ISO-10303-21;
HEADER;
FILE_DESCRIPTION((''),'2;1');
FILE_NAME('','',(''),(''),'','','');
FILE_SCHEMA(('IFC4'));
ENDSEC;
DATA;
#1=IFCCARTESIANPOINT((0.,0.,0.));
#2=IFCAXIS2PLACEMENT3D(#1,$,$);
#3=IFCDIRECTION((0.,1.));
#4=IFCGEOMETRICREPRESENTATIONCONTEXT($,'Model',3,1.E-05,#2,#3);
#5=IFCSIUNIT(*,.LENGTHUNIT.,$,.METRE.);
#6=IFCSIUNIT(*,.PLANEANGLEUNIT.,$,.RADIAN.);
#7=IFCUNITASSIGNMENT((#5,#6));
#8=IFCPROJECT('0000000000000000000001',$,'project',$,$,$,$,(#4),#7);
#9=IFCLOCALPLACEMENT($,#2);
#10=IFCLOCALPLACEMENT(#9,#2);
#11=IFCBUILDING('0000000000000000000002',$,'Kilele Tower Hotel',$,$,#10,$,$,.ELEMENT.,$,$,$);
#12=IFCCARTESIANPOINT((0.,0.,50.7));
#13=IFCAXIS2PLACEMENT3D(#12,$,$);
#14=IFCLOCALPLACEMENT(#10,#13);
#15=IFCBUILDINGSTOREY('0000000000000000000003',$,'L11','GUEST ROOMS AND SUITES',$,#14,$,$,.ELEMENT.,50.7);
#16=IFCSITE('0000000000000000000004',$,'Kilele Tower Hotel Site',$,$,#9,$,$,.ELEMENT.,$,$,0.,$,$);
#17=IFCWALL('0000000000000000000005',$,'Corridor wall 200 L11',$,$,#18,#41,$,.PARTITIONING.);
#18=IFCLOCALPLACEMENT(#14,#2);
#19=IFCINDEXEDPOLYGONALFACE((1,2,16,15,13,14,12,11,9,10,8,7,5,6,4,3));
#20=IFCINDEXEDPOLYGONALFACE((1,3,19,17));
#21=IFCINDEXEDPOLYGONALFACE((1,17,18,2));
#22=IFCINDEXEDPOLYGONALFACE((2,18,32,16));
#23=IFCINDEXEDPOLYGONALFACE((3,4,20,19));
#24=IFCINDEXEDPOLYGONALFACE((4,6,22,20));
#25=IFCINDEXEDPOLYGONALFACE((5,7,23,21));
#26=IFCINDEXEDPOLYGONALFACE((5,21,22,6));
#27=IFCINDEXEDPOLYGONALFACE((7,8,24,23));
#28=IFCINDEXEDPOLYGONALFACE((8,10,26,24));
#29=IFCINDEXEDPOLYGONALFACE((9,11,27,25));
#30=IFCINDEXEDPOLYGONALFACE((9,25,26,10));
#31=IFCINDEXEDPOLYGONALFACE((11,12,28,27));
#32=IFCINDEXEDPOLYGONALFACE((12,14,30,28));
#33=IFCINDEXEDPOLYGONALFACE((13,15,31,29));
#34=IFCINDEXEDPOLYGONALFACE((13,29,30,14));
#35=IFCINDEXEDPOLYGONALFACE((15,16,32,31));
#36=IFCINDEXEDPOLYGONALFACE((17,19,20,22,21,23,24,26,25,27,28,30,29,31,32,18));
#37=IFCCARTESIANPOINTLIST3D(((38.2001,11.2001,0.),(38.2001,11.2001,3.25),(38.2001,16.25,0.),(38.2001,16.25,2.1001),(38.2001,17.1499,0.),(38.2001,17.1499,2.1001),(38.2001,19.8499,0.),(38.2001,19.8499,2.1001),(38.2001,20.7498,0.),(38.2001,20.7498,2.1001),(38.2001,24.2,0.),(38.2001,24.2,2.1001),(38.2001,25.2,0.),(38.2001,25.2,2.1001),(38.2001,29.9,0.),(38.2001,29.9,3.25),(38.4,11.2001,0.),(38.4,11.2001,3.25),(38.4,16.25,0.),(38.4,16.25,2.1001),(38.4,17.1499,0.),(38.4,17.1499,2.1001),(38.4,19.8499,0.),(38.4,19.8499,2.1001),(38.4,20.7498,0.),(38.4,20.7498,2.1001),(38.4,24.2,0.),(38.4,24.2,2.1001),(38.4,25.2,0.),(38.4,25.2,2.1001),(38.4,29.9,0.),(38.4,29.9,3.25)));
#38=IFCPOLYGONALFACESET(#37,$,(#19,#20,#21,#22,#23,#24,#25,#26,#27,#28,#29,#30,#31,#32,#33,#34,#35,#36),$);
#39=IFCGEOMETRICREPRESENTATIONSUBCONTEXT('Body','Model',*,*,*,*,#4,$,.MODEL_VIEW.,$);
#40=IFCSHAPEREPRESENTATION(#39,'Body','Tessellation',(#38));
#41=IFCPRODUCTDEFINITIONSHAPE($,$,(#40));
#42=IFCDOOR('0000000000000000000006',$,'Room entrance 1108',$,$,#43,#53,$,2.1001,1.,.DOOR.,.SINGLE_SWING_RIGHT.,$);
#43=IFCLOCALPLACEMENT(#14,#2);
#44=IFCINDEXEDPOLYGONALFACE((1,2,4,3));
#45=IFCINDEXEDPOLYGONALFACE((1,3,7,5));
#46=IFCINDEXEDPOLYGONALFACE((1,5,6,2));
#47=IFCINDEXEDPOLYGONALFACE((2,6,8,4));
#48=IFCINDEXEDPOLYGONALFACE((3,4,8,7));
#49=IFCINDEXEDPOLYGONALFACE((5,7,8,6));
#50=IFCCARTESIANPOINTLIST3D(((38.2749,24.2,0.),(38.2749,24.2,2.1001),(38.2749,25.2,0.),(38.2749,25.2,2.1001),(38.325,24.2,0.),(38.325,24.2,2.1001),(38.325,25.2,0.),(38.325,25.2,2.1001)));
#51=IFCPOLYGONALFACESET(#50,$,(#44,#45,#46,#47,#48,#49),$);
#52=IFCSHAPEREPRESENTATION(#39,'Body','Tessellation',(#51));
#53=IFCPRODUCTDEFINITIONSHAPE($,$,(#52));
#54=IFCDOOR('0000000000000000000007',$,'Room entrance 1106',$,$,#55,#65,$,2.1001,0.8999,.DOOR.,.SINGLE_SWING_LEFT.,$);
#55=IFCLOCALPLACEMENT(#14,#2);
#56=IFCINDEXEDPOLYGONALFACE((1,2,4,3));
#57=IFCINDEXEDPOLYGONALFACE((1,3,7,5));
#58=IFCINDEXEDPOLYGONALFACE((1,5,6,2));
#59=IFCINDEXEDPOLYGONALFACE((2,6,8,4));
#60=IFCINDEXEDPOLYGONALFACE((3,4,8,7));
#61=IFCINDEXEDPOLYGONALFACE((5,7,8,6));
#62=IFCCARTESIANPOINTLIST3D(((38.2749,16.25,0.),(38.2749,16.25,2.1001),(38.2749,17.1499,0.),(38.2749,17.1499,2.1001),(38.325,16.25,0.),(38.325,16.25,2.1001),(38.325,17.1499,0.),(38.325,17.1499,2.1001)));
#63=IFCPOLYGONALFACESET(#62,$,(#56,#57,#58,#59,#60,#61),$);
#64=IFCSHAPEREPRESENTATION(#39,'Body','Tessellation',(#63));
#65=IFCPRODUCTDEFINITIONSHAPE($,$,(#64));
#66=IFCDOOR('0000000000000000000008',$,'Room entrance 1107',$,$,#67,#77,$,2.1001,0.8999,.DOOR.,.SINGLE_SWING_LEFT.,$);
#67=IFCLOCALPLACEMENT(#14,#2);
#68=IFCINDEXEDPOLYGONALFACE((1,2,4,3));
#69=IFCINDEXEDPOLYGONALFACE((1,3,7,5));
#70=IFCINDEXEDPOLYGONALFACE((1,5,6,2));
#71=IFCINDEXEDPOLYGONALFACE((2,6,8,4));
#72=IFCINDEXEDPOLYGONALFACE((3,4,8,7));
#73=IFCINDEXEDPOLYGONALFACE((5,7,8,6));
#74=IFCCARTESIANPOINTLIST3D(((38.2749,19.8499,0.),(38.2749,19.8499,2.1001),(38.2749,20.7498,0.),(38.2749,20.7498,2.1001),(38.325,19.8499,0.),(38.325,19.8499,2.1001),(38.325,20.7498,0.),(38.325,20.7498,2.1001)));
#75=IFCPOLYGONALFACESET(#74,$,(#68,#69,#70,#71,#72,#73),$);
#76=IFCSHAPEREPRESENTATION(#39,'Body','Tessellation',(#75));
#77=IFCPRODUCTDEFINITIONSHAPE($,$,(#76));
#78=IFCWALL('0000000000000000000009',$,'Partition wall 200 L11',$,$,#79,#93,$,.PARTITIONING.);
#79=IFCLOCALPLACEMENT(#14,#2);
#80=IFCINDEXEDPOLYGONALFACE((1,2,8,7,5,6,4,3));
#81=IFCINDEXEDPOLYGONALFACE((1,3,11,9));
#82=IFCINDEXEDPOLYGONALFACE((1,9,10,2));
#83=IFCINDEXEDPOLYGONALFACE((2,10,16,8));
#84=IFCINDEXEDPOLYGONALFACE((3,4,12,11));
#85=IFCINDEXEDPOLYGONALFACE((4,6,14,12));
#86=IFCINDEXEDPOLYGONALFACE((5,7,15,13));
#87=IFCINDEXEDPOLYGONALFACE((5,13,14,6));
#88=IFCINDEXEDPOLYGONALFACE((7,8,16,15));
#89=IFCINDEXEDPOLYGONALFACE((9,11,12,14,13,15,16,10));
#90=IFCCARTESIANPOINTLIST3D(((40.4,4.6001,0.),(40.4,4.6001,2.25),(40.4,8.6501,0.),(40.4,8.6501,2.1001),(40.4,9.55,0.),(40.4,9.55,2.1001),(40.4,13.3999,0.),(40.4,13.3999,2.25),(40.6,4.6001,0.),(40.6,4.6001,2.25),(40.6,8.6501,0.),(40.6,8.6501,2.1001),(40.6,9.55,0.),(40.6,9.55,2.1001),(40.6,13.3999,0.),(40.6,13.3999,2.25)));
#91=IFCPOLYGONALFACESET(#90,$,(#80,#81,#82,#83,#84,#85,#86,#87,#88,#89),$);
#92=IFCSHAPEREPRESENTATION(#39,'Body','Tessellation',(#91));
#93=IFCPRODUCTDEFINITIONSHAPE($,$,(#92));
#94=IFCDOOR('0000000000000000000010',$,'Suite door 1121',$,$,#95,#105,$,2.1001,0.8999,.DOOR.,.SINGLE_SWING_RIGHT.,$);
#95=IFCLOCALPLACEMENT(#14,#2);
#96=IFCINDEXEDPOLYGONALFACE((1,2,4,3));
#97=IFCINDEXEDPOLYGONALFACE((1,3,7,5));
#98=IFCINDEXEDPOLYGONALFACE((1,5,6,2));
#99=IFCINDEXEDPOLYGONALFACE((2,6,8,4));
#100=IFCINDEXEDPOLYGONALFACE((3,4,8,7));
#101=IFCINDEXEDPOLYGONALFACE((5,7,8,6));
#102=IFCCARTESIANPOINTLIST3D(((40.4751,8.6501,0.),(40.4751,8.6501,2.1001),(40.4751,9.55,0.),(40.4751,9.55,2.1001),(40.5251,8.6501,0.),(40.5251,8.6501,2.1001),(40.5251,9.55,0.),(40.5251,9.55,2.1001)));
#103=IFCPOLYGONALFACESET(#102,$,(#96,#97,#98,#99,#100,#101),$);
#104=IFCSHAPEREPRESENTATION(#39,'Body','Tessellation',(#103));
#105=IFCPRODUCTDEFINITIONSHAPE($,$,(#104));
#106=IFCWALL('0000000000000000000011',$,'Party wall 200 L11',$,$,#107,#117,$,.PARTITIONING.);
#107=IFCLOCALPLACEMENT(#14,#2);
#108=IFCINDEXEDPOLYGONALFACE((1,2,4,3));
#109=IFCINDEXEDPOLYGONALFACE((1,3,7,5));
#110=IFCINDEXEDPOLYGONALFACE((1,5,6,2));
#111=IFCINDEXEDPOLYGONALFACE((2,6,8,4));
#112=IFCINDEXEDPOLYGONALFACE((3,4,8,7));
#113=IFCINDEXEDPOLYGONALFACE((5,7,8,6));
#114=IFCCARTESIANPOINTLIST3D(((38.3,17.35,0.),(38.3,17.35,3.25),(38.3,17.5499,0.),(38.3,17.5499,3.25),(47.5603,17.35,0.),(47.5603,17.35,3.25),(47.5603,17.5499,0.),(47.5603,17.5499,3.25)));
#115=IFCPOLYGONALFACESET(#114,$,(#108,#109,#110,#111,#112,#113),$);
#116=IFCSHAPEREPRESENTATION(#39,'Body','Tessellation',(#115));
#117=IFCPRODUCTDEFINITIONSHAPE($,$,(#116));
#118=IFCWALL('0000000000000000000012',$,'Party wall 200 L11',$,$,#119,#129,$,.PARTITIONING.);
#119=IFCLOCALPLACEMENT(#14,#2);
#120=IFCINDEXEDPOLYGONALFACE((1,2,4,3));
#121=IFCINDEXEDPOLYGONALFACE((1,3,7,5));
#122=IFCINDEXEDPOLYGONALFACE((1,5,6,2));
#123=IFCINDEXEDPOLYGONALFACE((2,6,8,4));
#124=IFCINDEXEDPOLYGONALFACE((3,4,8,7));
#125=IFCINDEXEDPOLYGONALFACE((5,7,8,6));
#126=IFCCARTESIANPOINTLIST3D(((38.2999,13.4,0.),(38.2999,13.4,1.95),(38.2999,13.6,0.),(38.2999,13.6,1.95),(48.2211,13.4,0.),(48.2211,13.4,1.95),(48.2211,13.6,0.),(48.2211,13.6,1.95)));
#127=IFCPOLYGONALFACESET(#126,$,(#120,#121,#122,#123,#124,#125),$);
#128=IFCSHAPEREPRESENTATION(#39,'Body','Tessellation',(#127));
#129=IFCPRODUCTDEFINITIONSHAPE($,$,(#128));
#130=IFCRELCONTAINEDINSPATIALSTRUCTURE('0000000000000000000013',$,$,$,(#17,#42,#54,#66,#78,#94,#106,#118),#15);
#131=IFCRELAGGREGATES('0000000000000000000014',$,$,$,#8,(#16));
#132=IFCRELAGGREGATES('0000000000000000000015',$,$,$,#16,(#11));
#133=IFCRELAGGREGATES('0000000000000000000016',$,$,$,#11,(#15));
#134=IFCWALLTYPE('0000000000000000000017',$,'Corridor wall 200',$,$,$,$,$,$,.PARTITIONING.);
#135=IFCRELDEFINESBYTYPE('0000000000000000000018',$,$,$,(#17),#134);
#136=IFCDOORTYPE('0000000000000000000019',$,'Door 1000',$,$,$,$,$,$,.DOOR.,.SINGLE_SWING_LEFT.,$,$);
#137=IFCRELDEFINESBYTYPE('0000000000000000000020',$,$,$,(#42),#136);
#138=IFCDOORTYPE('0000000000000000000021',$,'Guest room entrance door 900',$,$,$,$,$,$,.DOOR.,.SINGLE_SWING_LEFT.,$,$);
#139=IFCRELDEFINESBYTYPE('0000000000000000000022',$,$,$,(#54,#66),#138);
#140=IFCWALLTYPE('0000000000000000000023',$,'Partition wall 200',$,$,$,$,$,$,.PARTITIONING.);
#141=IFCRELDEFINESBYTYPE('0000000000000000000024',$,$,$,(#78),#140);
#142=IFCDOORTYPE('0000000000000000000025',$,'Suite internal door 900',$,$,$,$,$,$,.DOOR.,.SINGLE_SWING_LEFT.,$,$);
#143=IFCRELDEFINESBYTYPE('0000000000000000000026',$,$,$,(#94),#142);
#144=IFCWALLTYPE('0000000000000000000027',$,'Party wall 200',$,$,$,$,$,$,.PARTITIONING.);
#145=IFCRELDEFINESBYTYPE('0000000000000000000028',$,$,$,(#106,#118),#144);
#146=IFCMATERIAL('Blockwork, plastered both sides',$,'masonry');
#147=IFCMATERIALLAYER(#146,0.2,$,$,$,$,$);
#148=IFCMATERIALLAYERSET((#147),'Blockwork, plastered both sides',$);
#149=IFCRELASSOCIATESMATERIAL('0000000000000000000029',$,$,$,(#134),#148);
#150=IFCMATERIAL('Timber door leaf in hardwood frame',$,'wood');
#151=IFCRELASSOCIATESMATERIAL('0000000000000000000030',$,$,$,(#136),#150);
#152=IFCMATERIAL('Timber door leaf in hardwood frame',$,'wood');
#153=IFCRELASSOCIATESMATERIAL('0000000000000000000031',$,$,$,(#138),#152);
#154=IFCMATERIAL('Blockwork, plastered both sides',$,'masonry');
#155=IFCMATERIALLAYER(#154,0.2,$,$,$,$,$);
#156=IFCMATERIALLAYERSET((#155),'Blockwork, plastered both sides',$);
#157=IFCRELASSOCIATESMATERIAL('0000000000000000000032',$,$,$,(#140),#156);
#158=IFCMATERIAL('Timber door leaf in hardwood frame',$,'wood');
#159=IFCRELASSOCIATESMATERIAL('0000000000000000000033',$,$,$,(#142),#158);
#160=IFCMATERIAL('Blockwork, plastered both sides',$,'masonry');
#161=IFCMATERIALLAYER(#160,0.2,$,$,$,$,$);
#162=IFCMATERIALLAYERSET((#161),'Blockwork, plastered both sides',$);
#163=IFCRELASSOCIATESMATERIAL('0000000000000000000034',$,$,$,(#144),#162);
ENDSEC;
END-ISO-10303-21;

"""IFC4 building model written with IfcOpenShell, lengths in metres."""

from ifc_helpers import new_model, si_unit, direction, frame, frame_2d, origin, place, context, subcontext, project, spatial, rectangle, extrude, material, layer, layer_set, type_object, element, fill, save


model = new_model("IFC4")

# Units and contexts
model_context = context("Model", 3, precision=1e-05, world=origin(), true_north=direction((0.0, 1.0)))
body_context = subcontext(model_context, "Body", "Model", "MODEL_VIEW")
ifc_project = project(units=[si_unit("LENGTHUNIT", "METRE"), si_unit("PLANEANGLEUNIT", "RADIAN")], contexts=[model_context])

# Site, building, storey
site_placement = place(None, origin())
site = spatial("IfcSite", under=ifc_project, at=site_placement, Name="Kilele Tower Hotel Site", CompositionType="ELEMENT", RefElevation=0.0)
building_placement = place(site_placement, origin())
building = spatial("IfcBuilding", under=site, at=building_placement, Name="Kilele Tower Hotel", CompositionType="ELEMENT")
storey_placement = place(building_placement, frame((0.0, 0.0, 50.7)))
storey = spatial("IfcBuildingStorey", under=building, at=storey_placement, Name="L11", Description="GUEST ROOMS AND SUITES", CompositionType="ELEMENT", Elevation=50.7)

# Wall, openings, doors
ifc_material_1 = material(Name="Blockwork, plastered both sides", Category="masonry")
ifc_layer_1 = layer(ifc_material_1, 0.2)
ifc_layer_set_1 = layer_set([ifc_layer_1], Name="Blockwork, plastered both sides")
wall_type_1 = type_object("IfcWallType", Name="Corridor wall 200", PredefinedType="PARTITIONING", material=ifc_layer_set_1)
wall_1_placement = place(storey_placement, frame((38.3, 11.2, 0.0), z_axis=(0.0, 0.0, 1.0), x_axis=(0.0, 1.0, 0.0)))
wall_1 = element("IfcWall", 1, at=wall_1_placement, inside=storey, type_object=wall_type_1, Name="Corridor wall 200 L11", PredefinedType="PARTITIONING", context=body_context, shape_type="SweptSolid", body=[
    extrude(rectangle(XDim=18.7, YDim=0.2, at=frame_2d((9.3501, 0.0))), origin(), (0.0, 0.0, 1.0), 3.25),
])
opening_1_placement = place(wall_1_placement, frame((5.95, 0.0, 0.0), z_axis=(0.0, 0.0, 1.0), x_axis=(-1.0, 0.0, 0.0)))
opening_1 = element("IfcOpeningElement", 2, at=opening_1_placement, cuts=wall_1, PredefinedType="OPENING", context=body_context, shape_type="SweptSolid", body=[
    extrude(rectangle(XDim=0.8999, YDim=2.1001, at=frame_2d((0.45, 1.05))), frame((0.0, 0.1099, 0.0), z_axis=(0.0, -1.0, 0.0), x_axis=(1.0, 0.0, 0.0)), (0.0, 0.0, 1.0), 0.22),
])
opening_2_placement = place(wall_1_placement, frame((9.5498, 0.0, 0.0), z_axis=(0.0, 0.0, 1.0), x_axis=(-1.0, 0.0, 0.0)))
opening_2 = element("IfcOpeningElement", 3, at=opening_2_placement, cuts=wall_1, PredefinedType="OPENING", context=body_context, shape_type="SweptSolid", body=[
    extrude(rectangle(XDim=0.8999, YDim=2.1001, at=frame_2d((0.45, 1.05))), frame((0.0, 0.1099, 0.0), z_axis=(0.0, -1.0, 0.0), x_axis=(1.0, 0.0, 0.0)), (0.0, 0.0, 1.0), 0.22),
])
opening_3_placement = place(wall_1_placement, frame((14.0, 0.0, 0.0), z_axis=(0.0, 0.0, 1.0), x_axis=(-1.0, 0.0, 0.0)))
opening_3 = element("IfcOpeningElement", 4, at=opening_3_placement, cuts=wall_1, PredefinedType="OPENING", context=body_context, shape_type="SweptSolid", body=[
    extrude(rectangle(XDim=1.0, YDim=2.1001, at=frame_2d((0.5, 1.05))), frame((0.0, 0.1099, 0.0), z_axis=(0.0, -1.0, 0.0), x_axis=(1.0, 0.0, 0.0)), (0.0, 0.0, 1.0), 0.22),
])
ifc_material_2 = material(Name="Timber door leaf in hardwood frame", Category="wood")
door_type_1 = type_object("IfcDoorType", Name="Door 1000", OperationType="SINGLE_SWING_LEFT", PredefinedType="DOOR", material=ifc_material_2)
door_1_placement = place(opening_3_placement, origin())
door_1 = element("IfcDoor", 5, at=door_1_placement, inside=storey, type_object=door_type_1, Name="Room entrance 1108", OperationType="SINGLE_SWING_RIGHT", OverallHeight=2.1001, OverallWidth=1.0, PredefinedType="DOOR", context=body_context, shape_type="SweptSolid", body=[
    extrude(rectangle(XDim=1.0, YDim=2.1001, at=frame_2d((0.5, 1.05))), frame((0.0, 0.0249, 0.0), z_axis=(0.0, -1.0, 0.0), x_axis=(1.0, 0.0, 0.0)), (0.0, 0.0, 1.0), 0.05),
])
fill(opening_3, door_1)
ifc_material_3 = material(Name="Timber door leaf in hardwood frame", Category="wood")
door_type_2 = type_object("IfcDoorType", Name="Guest room entrance door 900", OperationType="SINGLE_SWING_LEFT", PredefinedType="DOOR", material=ifc_material_3)
door_2_placement = place(opening_1_placement, origin())
door_2 = element("IfcDoor", 6, at=door_2_placement, inside=storey, type_object=door_type_2, Name="Room entrance 1106", OperationType="SINGLE_SWING_LEFT", OverallHeight=2.1001, OverallWidth=0.8999, PredefinedType="DOOR", context=body_context, shape_type="SweptSolid", body=[
    extrude(rectangle(XDim=0.8999, YDim=2.1001, at=frame_2d((0.45, 1.05))), frame((0.0, 0.0249, 0.0), z_axis=(0.0, -1.0, 0.0), x_axis=(1.0, 0.0, 0.0)), (0.0, 0.0, 1.0), 0.05),
])
fill(opening_1, door_2)
door_3_placement = place(opening_2_placement, origin())
door_3 = element("IfcDoor", 7, at=door_3_placement, inside=storey, type_object=door_type_2, Name="Room entrance 1107", OperationType="SINGLE_SWING_LEFT", OverallHeight=2.1001, OverallWidth=0.8999, PredefinedType="DOOR", context=body_context, shape_type="SweptSolid", body=[
    extrude(rectangle(XDim=0.8999, YDim=2.1001, at=frame_2d((0.45, 1.05))), frame((0.0, 0.0249, 0.0), z_axis=(0.0, -1.0, 0.0), x_axis=(1.0, 0.0, 0.0)), (0.0, 0.0, 1.0), 0.05),
])
fill(opening_2, door_3)

# Wall, opening, door
ifc_material_4 = material(Name="Blockwork, plastered both sides", Category="masonry")
ifc_layer_2 = layer(ifc_material_4, 0.2)
ifc_layer_set_2 = layer_set([ifc_layer_2], Name="Blockwork, plastered both sides")
wall_type_2 = type_object("IfcWallType", Name="Partition wall 200", PredefinedType="PARTITIONING", material=ifc_layer_set_2)
wall_2_placement = place(storey_placement, frame((40.5, 4.6001, 0.0), z_axis=(0.0, 0.0, 1.0), x_axis=(0.0, 1.0, 0.0)))
wall_2 = element("IfcWall", 8, at=wall_2_placement, inside=storey, type_object=wall_type_2, Name="Partition wall 200 L11", PredefinedType="PARTITIONING", context=body_context, shape_type="SweptSolid", body=[
    extrude(rectangle(XDim=8.7998, YDim=0.2, at=frame_2d((4.3999, 0.0))), origin(), (0.0, 0.0, 1.0), 2.25),
])
opening_4_placement = place(wall_2_placement, frame((4.05, 0.0, 0.0)))
opening_4 = element("IfcOpeningElement", 9, at=opening_4_placement, cuts=wall_2, PredefinedType="OPENING", context=body_context, shape_type="SweptSolid", body=[
    extrude(rectangle(XDim=0.8999, YDim=2.1001, at=frame_2d((0.45, 1.05))), frame((0.0, 0.1099, 0.0), z_axis=(0.0, -1.0, 0.0), x_axis=(1.0, 0.0, 0.0)), (0.0, 0.0, 1.0), 0.22),
])
ifc_material_5 = material(Name="Timber door leaf in hardwood frame", Category="wood")
door_type_3 = type_object("IfcDoorType", Name="Suite internal door 900", OperationType="SINGLE_SWING_LEFT", PredefinedType="DOOR", material=ifc_material_5)
door_4_placement = place(opening_4_placement, origin())
door_4 = element("IfcDoor", 10, at=door_4_placement, inside=storey, type_object=door_type_3, Name="Suite door 1121", OperationType="SINGLE_SWING_RIGHT", OverallHeight=2.1001, OverallWidth=0.8999, PredefinedType="DOOR", context=body_context, shape_type="SweptSolid", body=[
    extrude(rectangle(XDim=0.8999, YDim=2.1001, at=frame_2d((0.45, 1.05))), frame((0.0, 0.0249, 0.0), z_axis=(0.0, -1.0, 0.0), x_axis=(1.0, 0.0, 0.0)), (0.0, 0.0, 1.0), 0.05),
])
fill(opening_4, door_4)

# Walls
ifc_material_6 = material(Name="Blockwork, plastered both sides", Category="masonry")
ifc_layer_3 = layer(ifc_material_6, 0.2)
ifc_layer_set_3 = layer_set([ifc_layer_3], Name="Blockwork, plastered both sides")
wall_type_3 = type_object("IfcWallType", Name="Party wall 200", PredefinedType="PARTITIONING", material=ifc_layer_set_3)
wall_3_placement = place(storey_placement, frame((38.3, 17.45, 0.0), z_axis=(0.0, 0.0, 1.0), x_axis=(1.0, 0.0, 0.0)))
element("IfcWall", 11, at=wall_3_placement, inside=storey, type_object=wall_type_3, Name="Party wall 200 L11", PredefinedType="PARTITIONING", context=body_context, shape_type="SweptSolid", body=[
    extrude(rectangle(XDim=9.2603, YDim=0.2, at=frame_2d((4.6301, 0.0))), origin(), (0.0, 0.0, 1.0), 3.25),
])
wall_4_placement = place(storey_placement, frame((38.3, 13.5, 0.0), z_axis=(0.0, 0.0, 1.0), x_axis=(1.0, 0.0, 0.0)))
element("IfcWall", 12, at=wall_4_placement, inside=storey, type_object=wall_type_3, Name="Party wall 200 L11", PredefinedType="PARTITIONING", context=body_context, shape_type="SweptSolid", body=[
    extrude(rectangle(XDim=9.9211, YDim=0.2, at=frame_2d((4.9604, 0.0))), origin(), (0.0, 0.0, 1.0), 1.95),
])

save(model, "model.ifc")
